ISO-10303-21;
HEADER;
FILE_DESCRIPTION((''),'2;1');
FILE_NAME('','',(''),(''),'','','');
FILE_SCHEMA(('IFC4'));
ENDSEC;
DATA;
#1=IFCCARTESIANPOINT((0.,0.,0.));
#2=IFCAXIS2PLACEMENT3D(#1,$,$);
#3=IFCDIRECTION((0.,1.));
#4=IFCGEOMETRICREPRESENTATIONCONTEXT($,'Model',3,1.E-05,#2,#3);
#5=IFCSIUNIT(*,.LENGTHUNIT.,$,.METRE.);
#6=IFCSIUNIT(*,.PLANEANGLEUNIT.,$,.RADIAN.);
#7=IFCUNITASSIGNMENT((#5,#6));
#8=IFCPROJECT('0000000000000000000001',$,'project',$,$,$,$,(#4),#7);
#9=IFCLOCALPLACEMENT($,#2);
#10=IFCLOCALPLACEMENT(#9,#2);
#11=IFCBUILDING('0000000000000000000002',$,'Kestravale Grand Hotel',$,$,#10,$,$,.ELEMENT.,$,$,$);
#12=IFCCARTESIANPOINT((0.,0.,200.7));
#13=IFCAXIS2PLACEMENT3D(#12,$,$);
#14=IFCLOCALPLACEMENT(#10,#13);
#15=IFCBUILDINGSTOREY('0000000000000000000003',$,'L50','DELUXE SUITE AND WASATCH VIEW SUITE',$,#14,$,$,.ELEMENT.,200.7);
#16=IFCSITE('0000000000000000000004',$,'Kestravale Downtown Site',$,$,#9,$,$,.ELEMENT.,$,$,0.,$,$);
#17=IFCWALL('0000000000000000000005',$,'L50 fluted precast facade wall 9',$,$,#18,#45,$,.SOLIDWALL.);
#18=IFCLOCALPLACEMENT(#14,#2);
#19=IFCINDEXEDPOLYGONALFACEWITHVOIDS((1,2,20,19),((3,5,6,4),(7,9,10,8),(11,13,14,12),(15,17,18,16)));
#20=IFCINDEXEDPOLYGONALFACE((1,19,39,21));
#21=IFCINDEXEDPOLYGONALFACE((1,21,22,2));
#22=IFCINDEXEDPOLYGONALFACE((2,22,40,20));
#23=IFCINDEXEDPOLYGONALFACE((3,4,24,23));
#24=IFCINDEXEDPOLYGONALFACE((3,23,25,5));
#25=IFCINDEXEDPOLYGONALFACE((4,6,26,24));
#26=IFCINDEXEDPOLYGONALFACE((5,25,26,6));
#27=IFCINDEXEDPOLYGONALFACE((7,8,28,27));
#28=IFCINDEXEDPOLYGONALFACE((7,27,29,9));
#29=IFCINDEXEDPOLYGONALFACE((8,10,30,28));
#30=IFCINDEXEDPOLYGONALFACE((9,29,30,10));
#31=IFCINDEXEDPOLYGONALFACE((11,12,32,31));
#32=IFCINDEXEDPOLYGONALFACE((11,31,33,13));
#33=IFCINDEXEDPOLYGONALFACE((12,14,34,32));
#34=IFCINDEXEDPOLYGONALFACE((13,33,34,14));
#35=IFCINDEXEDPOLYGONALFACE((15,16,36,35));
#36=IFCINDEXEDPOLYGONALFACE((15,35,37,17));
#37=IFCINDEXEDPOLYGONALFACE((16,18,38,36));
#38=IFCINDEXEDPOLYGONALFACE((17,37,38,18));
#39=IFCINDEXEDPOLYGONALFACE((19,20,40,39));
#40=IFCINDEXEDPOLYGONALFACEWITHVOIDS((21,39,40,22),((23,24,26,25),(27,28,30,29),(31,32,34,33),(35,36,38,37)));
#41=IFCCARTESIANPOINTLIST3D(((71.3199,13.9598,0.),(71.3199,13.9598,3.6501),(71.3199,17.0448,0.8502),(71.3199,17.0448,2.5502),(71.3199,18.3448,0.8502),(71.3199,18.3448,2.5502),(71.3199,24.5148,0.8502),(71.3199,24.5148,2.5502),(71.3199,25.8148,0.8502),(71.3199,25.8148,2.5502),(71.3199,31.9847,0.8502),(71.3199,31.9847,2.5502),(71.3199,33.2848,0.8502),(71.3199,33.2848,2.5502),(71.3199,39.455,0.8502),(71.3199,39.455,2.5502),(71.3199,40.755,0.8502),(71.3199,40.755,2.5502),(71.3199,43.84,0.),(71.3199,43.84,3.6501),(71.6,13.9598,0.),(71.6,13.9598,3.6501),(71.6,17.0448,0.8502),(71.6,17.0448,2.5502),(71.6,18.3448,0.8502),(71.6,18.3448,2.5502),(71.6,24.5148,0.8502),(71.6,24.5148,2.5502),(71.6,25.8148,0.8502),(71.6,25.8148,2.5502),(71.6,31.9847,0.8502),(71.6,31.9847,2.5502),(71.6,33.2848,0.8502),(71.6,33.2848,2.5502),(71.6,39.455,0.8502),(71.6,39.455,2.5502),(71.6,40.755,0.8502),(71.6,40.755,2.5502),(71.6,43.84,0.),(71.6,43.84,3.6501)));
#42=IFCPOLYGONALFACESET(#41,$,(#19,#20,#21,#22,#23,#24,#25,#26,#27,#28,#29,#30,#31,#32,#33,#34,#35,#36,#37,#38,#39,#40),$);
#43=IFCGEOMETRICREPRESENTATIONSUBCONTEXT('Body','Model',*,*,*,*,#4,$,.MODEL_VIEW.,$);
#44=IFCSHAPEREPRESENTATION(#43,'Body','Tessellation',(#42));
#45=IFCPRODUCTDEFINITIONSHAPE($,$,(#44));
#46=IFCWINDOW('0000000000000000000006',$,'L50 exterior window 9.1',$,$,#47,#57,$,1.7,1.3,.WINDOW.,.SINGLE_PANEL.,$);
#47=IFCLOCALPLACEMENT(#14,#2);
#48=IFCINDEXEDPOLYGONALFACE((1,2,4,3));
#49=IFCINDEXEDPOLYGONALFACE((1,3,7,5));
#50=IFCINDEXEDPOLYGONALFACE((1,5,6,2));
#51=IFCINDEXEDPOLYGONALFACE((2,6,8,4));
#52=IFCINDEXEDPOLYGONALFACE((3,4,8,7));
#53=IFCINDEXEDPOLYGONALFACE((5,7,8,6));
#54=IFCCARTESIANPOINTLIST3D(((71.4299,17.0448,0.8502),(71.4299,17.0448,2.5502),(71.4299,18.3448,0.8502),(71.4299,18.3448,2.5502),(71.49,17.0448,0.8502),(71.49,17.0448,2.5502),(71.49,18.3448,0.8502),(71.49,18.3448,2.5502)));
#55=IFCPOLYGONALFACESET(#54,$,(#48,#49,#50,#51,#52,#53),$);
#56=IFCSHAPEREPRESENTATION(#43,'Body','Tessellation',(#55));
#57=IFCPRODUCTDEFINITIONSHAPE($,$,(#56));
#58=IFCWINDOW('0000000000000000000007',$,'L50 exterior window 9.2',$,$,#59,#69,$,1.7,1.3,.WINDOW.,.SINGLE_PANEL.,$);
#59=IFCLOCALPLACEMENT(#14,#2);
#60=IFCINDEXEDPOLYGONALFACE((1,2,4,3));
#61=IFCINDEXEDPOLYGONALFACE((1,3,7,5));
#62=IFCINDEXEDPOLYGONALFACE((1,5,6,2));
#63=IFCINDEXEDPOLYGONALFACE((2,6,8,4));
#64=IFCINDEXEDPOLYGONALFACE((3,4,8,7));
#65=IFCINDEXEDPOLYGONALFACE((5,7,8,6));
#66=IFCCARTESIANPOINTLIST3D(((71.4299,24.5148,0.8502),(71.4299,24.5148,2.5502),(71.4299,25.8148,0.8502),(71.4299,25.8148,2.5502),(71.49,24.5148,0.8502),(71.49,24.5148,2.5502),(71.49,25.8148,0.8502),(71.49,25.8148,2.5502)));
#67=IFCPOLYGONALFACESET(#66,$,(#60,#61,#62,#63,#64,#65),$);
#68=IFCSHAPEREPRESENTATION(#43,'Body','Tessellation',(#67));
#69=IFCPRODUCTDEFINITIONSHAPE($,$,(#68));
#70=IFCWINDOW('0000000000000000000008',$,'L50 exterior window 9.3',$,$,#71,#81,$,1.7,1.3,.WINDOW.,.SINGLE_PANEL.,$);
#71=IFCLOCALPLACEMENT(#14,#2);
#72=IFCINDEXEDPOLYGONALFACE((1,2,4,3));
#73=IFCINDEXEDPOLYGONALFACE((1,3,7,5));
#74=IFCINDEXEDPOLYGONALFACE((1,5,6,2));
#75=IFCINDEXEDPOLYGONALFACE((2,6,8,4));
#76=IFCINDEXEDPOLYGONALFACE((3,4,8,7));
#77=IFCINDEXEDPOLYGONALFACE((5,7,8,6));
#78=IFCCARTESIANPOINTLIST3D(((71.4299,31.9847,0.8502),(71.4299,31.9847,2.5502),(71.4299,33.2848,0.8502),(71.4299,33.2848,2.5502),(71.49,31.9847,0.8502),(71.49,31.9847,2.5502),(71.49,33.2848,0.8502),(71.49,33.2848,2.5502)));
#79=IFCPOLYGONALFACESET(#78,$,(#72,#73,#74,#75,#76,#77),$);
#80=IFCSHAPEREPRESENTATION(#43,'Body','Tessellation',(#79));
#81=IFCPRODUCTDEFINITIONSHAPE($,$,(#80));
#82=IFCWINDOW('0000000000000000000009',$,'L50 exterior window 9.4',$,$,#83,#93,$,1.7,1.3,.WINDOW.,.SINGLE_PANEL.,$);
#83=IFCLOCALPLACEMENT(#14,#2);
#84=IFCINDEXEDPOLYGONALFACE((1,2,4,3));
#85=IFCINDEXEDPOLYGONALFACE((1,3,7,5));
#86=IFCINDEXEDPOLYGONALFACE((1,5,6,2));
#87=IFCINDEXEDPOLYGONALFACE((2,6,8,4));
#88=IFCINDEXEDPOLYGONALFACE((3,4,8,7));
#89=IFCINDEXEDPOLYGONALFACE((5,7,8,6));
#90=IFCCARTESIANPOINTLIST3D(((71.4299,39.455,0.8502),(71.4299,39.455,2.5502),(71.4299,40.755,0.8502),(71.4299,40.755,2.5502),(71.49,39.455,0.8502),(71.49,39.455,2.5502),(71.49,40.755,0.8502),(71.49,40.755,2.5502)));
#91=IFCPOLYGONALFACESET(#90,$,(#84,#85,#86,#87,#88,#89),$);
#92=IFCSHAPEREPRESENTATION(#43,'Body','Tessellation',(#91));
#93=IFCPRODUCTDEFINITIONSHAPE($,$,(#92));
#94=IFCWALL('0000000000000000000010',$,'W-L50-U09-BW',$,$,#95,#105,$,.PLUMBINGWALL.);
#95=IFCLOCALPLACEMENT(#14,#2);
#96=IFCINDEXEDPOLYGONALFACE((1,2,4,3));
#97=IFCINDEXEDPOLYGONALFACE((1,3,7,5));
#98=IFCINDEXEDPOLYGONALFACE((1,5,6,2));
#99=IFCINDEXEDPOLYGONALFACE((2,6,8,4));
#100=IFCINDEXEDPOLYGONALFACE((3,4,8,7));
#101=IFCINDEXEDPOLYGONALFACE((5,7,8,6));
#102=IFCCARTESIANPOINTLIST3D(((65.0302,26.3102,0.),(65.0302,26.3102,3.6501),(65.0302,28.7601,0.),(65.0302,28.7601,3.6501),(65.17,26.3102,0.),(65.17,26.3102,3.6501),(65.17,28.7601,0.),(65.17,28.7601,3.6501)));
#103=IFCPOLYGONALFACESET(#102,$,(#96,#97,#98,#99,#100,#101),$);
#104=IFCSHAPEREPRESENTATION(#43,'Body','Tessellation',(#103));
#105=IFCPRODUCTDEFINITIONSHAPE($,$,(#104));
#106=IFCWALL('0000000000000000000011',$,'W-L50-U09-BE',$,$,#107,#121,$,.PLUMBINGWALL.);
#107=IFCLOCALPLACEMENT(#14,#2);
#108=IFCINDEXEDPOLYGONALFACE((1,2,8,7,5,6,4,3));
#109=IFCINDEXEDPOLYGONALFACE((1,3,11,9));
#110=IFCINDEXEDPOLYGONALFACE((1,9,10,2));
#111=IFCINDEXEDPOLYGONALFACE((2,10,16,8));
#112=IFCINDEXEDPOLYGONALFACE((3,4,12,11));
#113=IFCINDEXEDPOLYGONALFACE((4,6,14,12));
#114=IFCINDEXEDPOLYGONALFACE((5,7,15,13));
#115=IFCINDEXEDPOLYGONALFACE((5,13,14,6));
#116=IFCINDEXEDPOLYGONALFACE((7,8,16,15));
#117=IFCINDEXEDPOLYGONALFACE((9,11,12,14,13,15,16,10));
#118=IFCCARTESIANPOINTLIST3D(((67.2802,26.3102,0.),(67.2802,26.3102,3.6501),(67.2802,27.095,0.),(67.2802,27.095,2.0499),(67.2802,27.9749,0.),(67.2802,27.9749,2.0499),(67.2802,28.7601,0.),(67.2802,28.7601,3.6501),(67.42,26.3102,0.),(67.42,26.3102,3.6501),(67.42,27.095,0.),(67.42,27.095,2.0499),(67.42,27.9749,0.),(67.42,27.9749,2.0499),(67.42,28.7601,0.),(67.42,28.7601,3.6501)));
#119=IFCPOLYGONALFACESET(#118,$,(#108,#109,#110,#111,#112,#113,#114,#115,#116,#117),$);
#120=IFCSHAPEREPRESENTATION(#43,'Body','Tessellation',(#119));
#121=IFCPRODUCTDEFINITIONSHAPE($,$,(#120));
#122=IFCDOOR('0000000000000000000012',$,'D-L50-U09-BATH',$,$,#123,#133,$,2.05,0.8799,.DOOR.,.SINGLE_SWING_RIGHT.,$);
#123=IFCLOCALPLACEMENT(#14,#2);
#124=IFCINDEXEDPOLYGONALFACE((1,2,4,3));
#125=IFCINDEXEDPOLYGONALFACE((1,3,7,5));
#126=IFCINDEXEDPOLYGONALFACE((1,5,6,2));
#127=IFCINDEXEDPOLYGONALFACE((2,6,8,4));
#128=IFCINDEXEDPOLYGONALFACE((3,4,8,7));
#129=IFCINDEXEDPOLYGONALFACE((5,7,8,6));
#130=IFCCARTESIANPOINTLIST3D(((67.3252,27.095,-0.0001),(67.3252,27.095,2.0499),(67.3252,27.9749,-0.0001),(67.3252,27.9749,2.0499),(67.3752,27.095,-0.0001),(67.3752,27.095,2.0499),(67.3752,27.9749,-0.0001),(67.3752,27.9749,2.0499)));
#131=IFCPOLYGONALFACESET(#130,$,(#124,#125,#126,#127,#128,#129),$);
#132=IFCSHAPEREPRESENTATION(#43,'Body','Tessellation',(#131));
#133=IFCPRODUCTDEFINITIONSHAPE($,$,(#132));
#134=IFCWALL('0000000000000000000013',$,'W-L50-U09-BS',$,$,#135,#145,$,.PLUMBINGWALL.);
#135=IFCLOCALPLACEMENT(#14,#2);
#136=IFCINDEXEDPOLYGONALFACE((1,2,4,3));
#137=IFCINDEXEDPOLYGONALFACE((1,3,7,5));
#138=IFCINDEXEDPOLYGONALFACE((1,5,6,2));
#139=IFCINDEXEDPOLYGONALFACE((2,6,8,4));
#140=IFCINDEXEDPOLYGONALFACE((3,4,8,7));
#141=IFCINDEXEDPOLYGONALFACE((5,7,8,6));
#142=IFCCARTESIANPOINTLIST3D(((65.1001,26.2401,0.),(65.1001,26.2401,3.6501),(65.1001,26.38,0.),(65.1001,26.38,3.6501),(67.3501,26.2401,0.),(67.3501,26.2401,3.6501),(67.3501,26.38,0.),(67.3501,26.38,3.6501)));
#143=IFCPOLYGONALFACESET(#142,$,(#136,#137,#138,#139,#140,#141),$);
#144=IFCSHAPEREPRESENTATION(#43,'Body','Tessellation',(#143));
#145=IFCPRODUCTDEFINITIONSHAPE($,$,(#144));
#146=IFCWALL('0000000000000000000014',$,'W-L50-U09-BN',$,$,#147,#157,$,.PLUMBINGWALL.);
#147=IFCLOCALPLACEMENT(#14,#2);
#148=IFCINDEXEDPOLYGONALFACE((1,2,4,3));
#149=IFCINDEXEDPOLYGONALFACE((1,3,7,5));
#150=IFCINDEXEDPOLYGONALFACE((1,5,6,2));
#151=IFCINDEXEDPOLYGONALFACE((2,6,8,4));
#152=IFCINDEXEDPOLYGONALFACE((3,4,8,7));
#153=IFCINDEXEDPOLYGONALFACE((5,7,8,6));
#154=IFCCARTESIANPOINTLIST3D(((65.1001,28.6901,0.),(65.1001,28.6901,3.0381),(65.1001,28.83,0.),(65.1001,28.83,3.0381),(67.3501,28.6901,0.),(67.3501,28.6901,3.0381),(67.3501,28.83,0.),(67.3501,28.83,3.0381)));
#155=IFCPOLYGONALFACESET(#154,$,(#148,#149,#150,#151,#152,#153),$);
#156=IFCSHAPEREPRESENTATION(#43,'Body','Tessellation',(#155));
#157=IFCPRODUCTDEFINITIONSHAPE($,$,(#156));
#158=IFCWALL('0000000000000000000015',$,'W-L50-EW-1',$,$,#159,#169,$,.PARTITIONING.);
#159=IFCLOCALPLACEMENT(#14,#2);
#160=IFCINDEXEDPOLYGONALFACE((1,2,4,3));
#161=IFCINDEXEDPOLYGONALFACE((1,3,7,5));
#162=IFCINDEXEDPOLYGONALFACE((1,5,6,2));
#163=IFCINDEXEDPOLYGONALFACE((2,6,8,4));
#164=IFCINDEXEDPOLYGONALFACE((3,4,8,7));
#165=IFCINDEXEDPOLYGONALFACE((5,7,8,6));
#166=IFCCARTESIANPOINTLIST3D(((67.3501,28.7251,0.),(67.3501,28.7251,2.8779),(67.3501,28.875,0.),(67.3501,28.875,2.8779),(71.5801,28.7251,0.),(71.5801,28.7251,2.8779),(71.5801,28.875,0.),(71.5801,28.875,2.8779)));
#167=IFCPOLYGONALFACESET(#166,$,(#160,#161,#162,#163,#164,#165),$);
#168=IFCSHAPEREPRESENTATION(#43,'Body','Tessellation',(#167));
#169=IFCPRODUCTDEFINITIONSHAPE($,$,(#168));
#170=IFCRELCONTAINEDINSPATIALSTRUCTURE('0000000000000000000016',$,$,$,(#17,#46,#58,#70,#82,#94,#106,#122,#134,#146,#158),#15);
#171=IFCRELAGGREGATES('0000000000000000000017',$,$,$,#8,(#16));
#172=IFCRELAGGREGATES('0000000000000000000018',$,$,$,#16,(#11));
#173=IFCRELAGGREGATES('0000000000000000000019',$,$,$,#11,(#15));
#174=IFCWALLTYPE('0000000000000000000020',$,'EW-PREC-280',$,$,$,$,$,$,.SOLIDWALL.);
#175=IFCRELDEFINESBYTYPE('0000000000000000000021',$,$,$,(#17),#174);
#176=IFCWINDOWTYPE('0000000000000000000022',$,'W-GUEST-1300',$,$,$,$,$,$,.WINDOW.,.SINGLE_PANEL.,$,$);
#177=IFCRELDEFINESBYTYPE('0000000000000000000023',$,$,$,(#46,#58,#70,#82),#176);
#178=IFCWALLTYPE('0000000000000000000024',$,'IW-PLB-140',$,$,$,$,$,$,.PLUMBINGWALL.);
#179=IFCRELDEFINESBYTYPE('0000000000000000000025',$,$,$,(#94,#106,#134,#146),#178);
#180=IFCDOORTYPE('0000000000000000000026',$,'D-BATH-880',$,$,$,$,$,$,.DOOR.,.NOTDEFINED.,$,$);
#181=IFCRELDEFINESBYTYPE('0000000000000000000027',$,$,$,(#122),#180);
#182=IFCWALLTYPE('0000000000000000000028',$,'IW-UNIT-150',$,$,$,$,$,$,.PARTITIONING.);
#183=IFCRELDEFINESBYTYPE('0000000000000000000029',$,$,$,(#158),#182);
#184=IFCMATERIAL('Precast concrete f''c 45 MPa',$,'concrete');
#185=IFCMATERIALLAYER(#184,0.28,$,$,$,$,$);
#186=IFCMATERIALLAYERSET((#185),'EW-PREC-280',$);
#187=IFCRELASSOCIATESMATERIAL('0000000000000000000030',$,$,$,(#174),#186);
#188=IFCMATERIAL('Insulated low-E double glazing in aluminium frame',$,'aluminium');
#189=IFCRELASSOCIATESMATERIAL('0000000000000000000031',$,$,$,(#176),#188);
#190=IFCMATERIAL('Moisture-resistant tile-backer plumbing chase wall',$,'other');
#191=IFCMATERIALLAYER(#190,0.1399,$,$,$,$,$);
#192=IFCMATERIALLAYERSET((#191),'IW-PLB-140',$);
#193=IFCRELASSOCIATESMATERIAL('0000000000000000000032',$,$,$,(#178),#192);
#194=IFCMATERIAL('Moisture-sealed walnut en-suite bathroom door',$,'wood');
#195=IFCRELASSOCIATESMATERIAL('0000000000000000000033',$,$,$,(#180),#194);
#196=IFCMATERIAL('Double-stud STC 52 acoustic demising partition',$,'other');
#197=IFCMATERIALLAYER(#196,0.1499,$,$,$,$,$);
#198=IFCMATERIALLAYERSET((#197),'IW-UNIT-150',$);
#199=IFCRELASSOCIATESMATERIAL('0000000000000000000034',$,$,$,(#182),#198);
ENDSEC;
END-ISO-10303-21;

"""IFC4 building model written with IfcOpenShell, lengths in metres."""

from ifc_helpers import new_model, si_unit, direction, frame, frame_2d, origin, place, context, subcontext, project, spatial, rectangle, extrude, material, layer, layer_set, type_object, element, fill, save


model = new_model("IFC4")

# Units and contexts
model_context = context("Model", 3, precision=1e-05, world=origin(), true_north=direction((0.0, 1.0)))
body_context = subcontext(model_context, "Body", "Model", "MODEL_VIEW")
ifc_project = project(units=[si_unit("LENGTHUNIT", "METRE"), si_unit("PLANEANGLEUNIT", "RADIAN")], contexts=[model_context])

# Site, building, storey
site_placement = place(None, origin())
site = spatial("IfcSite", under=ifc_project, at=site_placement, Name="Kestravale Downtown Site", CompositionType="ELEMENT", RefElevation=0.0)
building_placement = place(site_placement, origin())
building = spatial("IfcBuilding", under=site, at=building_placement, Name="Kestravale Grand Hotel", CompositionType="ELEMENT")
storey_placement = place(building_placement, frame((0.0, 0.0, 200.7)))
storey = spatial("IfcBuildingStorey", under=building, at=storey_placement, Name="L50", Description="DELUXE SUITE AND WASATCH VIEW SUITE", CompositionType="ELEMENT", Elevation=200.7)

# Shared definitions
ifc_material_1 = material(Name="Precast concrete f'c 45 MPa", Category="concrete")
ifc_layer_1 = layer(ifc_material_1, 0.28)
ifc_layer_set_1 = layer_set([ifc_layer_1], Name="EW-PREC-280")
wall_type_1 = type_object("IfcWallType", Name="EW-PREC-280", PredefinedType="SOLIDWALL", material=ifc_layer_set_1)
ifc_material_2 = material(Name="Insulated low-E double glazing in aluminium frame", Category="aluminium")
window_type = type_object("IfcWindowType", Name="W-GUEST-1300", PartitioningType="SINGLE_PANEL", PredefinedType="WINDOW", material=ifc_material_2)

# Wall, openings, windows
wall_1_placement = place(storey_placement, frame((71.46, 13.96, 0.0), z_axis=(0.0, 0.0, 1.0), x_axis=(0.0, 1.0, 0.0)))
wall_1 = element("IfcWall", 1, at=wall_1_placement, inside=storey, type_object=wall_type_1, Name="L50 fluted precast facade wall 9", PredefinedType="SOLIDWALL", context=body_context, shape_type="SweptSolid", body=[
    extrude(rectangle(XDim=29.8801, YDim=0.28, at=frame_2d((14.9399, 0.0))), origin(), (0.0, 0.0, 1.0), 3.6501),
])
opening_1_placement = place(wall_1_placement, frame((3.085, 0.0, 0.8501)))
opening_1 = element("IfcOpeningElement", 2, at=opening_1_placement, cuts=wall_1, PredefinedType="OPENING", context=body_context, shape_type="SweptSolid", body=[
    extrude(rectangle(XDim=1.3, YDim=1.7, at=frame_2d((0.6499, 0.8501))), frame((0.0, 0.1499, 0.0), z_axis=(0.0, -1.0, 0.0), x_axis=(1.0, 0.0, 0.0)), (0.0, 0.0, 1.0), 0.3),
])
opening_2_placement = place(wall_1_placement, frame((10.5549, 0.0, 0.8501)))
opening_2 = element("IfcOpeningElement", 3, at=opening_2_placement, cuts=wall_1, PredefinedType="OPENING", context=body_context, shape_type="SweptSolid", body=[
    extrude(rectangle(XDim=1.3, YDim=1.7, at=frame_2d((0.6499, 0.8501))), frame((0.0, 0.1499, 0.0), z_axis=(0.0, -1.0, 0.0), x_axis=(1.0, 0.0, 0.0)), (0.0, 0.0, 1.0), 0.3),
])
opening_3_placement = place(wall_1_placement, frame((18.0249, 0.0, 0.8501)))
opening_3 = element("IfcOpeningElement", 4, at=opening_3_placement, cuts=wall_1, PredefinedType="OPENING", context=body_context, shape_type="SweptSolid", body=[
    extrude(rectangle(XDim=1.3, YDim=1.7, at=frame_2d((0.6499, 0.8501))), frame((0.0, 0.1499, 0.0), z_axis=(0.0, -1.0, 0.0), x_axis=(1.0, 0.0, 0.0)), (0.0, 0.0, 1.0), 0.3),
])
opening_4_placement = place(wall_1_placement, frame((25.4951, 0.0, 0.8501)))
opening_4 = element("IfcOpeningElement", 5, at=opening_4_placement, cuts=wall_1, PredefinedType="OPENING", context=body_context, shape_type="SweptSolid", body=[
    extrude(rectangle(XDim=1.3, YDim=1.7, at=frame_2d((0.6499, 0.8501))), frame((0.0, 0.1499, 0.0), z_axis=(0.0, -1.0, 0.0), x_axis=(1.0, 0.0, 0.0)), (0.0, 0.0, 1.0), 0.3),
])
window_1_placement = place(opening_1_placement, origin())
window_1 = element("IfcWindow", 6, at=window_1_placement, inside=storey, type_object=window_type, Name="L50 exterior window 9.1", OverallHeight=1.7, OverallWidth=1.3, PartitioningType="SINGLE_PANEL", PredefinedType="WINDOW", context=body_context, shape_type="SweptSolid", body=[
    extrude(rectangle(XDim=1.3, YDim=1.7, at=frame_2d((0.6499, 0.8501))), frame((0.0, 0.03, 0.0), z_axis=(0.0, -1.0, 0.0), x_axis=(1.0, 0.0, 0.0)), (0.0, 0.0, 1.0), 0.0601),
])
fill(opening_1, window_1)
window_2_placement = place(opening_2_placement, origin())
window_2 = element("IfcWindow", 7, at=window_2_placement, inside=storey, type_object=window_type, Name="L50 exterior window 9.2", OverallHeight=1.7, OverallWidth=1.3, PartitioningType="SINGLE_PANEL", PredefinedType="WINDOW", context=body_context, shape_type="SweptSolid", body=[
    extrude(rectangle(XDim=1.3, YDim=1.7, at=frame_2d((0.6499, 0.8501))), frame((0.0, 0.03, 0.0), z_axis=(0.0, -1.0, 0.0), x_axis=(1.0, 0.0, 0.0)), (0.0, 0.0, 1.0), 0.0601),
])
fill(opening_2, window_2)
window_3_placement = place(opening_3_placement, origin())
window_3 = element("IfcWindow", 8, at=window_3_placement, inside=storey, type_object=window_type, Name="L50 exterior window 9.3", OverallHeight=1.7, OverallWidth=1.3, PartitioningType="SINGLE_PANEL", PredefinedType="WINDOW", context=body_context, shape_type="SweptSolid", body=[
    extrude(rectangle(XDim=1.3, YDim=1.7, at=frame_2d((0.6499, 0.8501))), frame((0.0, 0.03, 0.0), z_axis=(0.0, -1.0, 0.0), x_axis=(1.0, 0.0, 0.0)), (0.0, 0.0, 1.0), 0.0601),
])
fill(opening_3, window_3)
window_4_placement = place(opening_4_placement, origin())
window_4 = element("IfcWindow", 9, at=window_4_placement, inside=storey, type_object=window_type, Name="L50 exterior window 9.4", OverallHeight=1.7, OverallWidth=1.3, PartitioningType="SINGLE_PANEL", PredefinedType="WINDOW", context=body_context, shape_type="SweptSolid", body=[
    extrude(rectangle(XDim=1.3, YDim=1.7, at=frame_2d((0.6499, 0.8501))), frame((0.0, 0.03, 0.0), z_axis=(0.0, -1.0, 0.0), x_axis=(1.0, 0.0, 0.0)), (0.0, 0.0, 1.0), 0.0601),
])
fill(opening_4, window_4)

# Wall
ifc_material_3 = material(Name="Moisture-resistant tile-backer plumbing chase wall", Category="other")
ifc_layer_2 = layer(ifc_material_3, 0.1399)
ifc_layer_set_2 = layer_set([ifc_layer_2], Name="IW-PLB-140")
wall_type_2 = type_object("IfcWallType", Name="IW-PLB-140", PredefinedType="PLUMBINGWALL", material=ifc_layer_set_2)
wall_2_placement = place(storey_placement, frame((65.1001, 26.3101, 0.0), z_axis=(0.0, 0.0, 1.0), x_axis=(0.0, 1.0, 0.0)))
element("IfcWall", 10, at=wall_2_placement, inside=storey, type_object=wall_type_2, Name="W-L50-U09-BW", PredefinedType="PLUMBINGWALL", context=body_context, shape_type="SweptSolid", body=[
    extrude(rectangle(XDim=2.45, YDim=0.1399, at=frame_2d((1.2251, 0.0))), origin(), (0.0, 0.0, 1.0), 3.6501),
])

# Wall, opening, door
wall_3_placement = place(storey_placement, frame((67.3501, 26.3101, 0.0), z_axis=(0.0, 0.0, 1.0), x_axis=(0.0, 1.0, 0.0)))
wall_3 = element("IfcWall", 11, at=wall_3_placement, inside=storey, type_object=wall_type_2, Name="W-L50-U09-BE", PredefinedType="PLUMBINGWALL", context=body_context, shape_type="SweptSolid", body=[
    extrude(rectangle(XDim=2.45, YDim=0.1399, at=frame_2d((1.2251, 0.0))), origin(), (0.0, 0.0, 1.0), 3.6501),
])
opening_5_placement = place(wall_3_placement, frame((0.7849, 0.0, 0.0)))
opening_5 = element("IfcOpeningElement", 12, at=opening_5_placement, cuts=wall_3, PredefinedType="OPENING", context=body_context, shape_type="SweptSolid", body=[
    extrude(rectangle(XDim=0.8799, YDim=2.05, at=frame_2d((0.4399, 1.0249))), frame((0.0, 0.0798, 0.0), z_axis=(0.0, -1.0, 0.0), x_axis=(1.0, 0.0, 0.0)), (0.0, 0.0, 1.0), 0.1599),
])
ifc_material_4 = material(Name="Moisture-sealed walnut en-suite bathroom door", Category="wood")
door_type = type_object("IfcDoorType", Name="D-BATH-880", OperationType="NOTDEFINED", PredefinedType="DOOR", material=ifc_material_4)
door_placement = place(opening_5_placement, origin())
door = element("IfcDoor", 13, at=door_placement, inside=storey, type_object=door_type, Name="D-L50-U09-BATH", OperationType="SINGLE_SWING_RIGHT", OverallHeight=2.05, OverallWidth=0.8799, PredefinedType="DOOR", context=body_context, shape_type="SweptSolid", body=[
    extrude(rectangle(XDim=0.8799, YDim=2.05, at=frame_2d((0.4399, 1.0249))), frame((0.0, 0.0249, 0.0), z_axis=(0.0, -1.0, 0.0), x_axis=(1.0, 0.0, 0.0)), (0.0, 0.0, 1.0), 0.05),
])
fill(opening_5, door)

# Walls
wall_4_placement = place(storey_placement, frame((65.1001, 26.3101, 0.0), z_axis=(0.0, 0.0, 1.0), x_axis=(1.0, 0.0, 0.0)))
element("IfcWall", 14, at=wall_4_placement, inside=storey, type_object=wall_type_2, Name="W-L50-U09-BS", PredefinedType="PLUMBINGWALL", context=body_context, shape_type="SweptSolid", body=[
    extrude(rectangle(XDim=2.25, YDim=0.1399, at=frame_2d((1.125, 0.0))), origin(), (0.0, 0.0, 1.0), 3.6501),
])
wall_5_placement = place(storey_placement, frame((65.1001, 28.76, 0.0), z_axis=(0.0, 0.0, 1.0), x_axis=(1.0, 0.0, 0.0)))
element("IfcWall", 15, at=wall_5_placement, inside=storey, type_object=wall_type_2, Name="W-L50-U09-BN", PredefinedType="PLUMBINGWALL", context=body_context, shape_type="SweptSolid", body=[
    extrude(rectangle(XDim=2.25, YDim=0.1399, at=frame_2d((1.125, 0.0))), origin(), (0.0, 0.0, 1.0), 3.0381),
])
ifc_material_5 = material(Name="Double-stud STC 52 acoustic demising partition", Category="other")
ifc_layer_3 = layer(ifc_material_5, 0.1499)
ifc_layer_set_3 = layer_set([ifc_layer_3], Name="IW-UNIT-150")
wall_type_3 = type_object("IfcWallType", Name="IW-UNIT-150", PredefinedType="PARTITIONING", material=ifc_layer_set_3)
wall_6_placement = place(storey_placement, frame((67.3501, 28.8, 0.0), z_axis=(0.0, 0.0, 1.0), x_axis=(1.0, 0.0, 0.0)))
element("IfcWall", 16, at=wall_6_placement, inside=storey, type_object=wall_type_3, Name="W-L50-EW-1", PredefinedType="PARTITIONING", context=body_context, shape_type="SweptSolid", body=[
    extrude(rectangle(XDim=4.23, YDim=0.1499, at=frame_2d((2.115, 0.0))), origin(), (0.0, 0.0, 1.0), 2.8779),
])

save(model, "model.ifc")
